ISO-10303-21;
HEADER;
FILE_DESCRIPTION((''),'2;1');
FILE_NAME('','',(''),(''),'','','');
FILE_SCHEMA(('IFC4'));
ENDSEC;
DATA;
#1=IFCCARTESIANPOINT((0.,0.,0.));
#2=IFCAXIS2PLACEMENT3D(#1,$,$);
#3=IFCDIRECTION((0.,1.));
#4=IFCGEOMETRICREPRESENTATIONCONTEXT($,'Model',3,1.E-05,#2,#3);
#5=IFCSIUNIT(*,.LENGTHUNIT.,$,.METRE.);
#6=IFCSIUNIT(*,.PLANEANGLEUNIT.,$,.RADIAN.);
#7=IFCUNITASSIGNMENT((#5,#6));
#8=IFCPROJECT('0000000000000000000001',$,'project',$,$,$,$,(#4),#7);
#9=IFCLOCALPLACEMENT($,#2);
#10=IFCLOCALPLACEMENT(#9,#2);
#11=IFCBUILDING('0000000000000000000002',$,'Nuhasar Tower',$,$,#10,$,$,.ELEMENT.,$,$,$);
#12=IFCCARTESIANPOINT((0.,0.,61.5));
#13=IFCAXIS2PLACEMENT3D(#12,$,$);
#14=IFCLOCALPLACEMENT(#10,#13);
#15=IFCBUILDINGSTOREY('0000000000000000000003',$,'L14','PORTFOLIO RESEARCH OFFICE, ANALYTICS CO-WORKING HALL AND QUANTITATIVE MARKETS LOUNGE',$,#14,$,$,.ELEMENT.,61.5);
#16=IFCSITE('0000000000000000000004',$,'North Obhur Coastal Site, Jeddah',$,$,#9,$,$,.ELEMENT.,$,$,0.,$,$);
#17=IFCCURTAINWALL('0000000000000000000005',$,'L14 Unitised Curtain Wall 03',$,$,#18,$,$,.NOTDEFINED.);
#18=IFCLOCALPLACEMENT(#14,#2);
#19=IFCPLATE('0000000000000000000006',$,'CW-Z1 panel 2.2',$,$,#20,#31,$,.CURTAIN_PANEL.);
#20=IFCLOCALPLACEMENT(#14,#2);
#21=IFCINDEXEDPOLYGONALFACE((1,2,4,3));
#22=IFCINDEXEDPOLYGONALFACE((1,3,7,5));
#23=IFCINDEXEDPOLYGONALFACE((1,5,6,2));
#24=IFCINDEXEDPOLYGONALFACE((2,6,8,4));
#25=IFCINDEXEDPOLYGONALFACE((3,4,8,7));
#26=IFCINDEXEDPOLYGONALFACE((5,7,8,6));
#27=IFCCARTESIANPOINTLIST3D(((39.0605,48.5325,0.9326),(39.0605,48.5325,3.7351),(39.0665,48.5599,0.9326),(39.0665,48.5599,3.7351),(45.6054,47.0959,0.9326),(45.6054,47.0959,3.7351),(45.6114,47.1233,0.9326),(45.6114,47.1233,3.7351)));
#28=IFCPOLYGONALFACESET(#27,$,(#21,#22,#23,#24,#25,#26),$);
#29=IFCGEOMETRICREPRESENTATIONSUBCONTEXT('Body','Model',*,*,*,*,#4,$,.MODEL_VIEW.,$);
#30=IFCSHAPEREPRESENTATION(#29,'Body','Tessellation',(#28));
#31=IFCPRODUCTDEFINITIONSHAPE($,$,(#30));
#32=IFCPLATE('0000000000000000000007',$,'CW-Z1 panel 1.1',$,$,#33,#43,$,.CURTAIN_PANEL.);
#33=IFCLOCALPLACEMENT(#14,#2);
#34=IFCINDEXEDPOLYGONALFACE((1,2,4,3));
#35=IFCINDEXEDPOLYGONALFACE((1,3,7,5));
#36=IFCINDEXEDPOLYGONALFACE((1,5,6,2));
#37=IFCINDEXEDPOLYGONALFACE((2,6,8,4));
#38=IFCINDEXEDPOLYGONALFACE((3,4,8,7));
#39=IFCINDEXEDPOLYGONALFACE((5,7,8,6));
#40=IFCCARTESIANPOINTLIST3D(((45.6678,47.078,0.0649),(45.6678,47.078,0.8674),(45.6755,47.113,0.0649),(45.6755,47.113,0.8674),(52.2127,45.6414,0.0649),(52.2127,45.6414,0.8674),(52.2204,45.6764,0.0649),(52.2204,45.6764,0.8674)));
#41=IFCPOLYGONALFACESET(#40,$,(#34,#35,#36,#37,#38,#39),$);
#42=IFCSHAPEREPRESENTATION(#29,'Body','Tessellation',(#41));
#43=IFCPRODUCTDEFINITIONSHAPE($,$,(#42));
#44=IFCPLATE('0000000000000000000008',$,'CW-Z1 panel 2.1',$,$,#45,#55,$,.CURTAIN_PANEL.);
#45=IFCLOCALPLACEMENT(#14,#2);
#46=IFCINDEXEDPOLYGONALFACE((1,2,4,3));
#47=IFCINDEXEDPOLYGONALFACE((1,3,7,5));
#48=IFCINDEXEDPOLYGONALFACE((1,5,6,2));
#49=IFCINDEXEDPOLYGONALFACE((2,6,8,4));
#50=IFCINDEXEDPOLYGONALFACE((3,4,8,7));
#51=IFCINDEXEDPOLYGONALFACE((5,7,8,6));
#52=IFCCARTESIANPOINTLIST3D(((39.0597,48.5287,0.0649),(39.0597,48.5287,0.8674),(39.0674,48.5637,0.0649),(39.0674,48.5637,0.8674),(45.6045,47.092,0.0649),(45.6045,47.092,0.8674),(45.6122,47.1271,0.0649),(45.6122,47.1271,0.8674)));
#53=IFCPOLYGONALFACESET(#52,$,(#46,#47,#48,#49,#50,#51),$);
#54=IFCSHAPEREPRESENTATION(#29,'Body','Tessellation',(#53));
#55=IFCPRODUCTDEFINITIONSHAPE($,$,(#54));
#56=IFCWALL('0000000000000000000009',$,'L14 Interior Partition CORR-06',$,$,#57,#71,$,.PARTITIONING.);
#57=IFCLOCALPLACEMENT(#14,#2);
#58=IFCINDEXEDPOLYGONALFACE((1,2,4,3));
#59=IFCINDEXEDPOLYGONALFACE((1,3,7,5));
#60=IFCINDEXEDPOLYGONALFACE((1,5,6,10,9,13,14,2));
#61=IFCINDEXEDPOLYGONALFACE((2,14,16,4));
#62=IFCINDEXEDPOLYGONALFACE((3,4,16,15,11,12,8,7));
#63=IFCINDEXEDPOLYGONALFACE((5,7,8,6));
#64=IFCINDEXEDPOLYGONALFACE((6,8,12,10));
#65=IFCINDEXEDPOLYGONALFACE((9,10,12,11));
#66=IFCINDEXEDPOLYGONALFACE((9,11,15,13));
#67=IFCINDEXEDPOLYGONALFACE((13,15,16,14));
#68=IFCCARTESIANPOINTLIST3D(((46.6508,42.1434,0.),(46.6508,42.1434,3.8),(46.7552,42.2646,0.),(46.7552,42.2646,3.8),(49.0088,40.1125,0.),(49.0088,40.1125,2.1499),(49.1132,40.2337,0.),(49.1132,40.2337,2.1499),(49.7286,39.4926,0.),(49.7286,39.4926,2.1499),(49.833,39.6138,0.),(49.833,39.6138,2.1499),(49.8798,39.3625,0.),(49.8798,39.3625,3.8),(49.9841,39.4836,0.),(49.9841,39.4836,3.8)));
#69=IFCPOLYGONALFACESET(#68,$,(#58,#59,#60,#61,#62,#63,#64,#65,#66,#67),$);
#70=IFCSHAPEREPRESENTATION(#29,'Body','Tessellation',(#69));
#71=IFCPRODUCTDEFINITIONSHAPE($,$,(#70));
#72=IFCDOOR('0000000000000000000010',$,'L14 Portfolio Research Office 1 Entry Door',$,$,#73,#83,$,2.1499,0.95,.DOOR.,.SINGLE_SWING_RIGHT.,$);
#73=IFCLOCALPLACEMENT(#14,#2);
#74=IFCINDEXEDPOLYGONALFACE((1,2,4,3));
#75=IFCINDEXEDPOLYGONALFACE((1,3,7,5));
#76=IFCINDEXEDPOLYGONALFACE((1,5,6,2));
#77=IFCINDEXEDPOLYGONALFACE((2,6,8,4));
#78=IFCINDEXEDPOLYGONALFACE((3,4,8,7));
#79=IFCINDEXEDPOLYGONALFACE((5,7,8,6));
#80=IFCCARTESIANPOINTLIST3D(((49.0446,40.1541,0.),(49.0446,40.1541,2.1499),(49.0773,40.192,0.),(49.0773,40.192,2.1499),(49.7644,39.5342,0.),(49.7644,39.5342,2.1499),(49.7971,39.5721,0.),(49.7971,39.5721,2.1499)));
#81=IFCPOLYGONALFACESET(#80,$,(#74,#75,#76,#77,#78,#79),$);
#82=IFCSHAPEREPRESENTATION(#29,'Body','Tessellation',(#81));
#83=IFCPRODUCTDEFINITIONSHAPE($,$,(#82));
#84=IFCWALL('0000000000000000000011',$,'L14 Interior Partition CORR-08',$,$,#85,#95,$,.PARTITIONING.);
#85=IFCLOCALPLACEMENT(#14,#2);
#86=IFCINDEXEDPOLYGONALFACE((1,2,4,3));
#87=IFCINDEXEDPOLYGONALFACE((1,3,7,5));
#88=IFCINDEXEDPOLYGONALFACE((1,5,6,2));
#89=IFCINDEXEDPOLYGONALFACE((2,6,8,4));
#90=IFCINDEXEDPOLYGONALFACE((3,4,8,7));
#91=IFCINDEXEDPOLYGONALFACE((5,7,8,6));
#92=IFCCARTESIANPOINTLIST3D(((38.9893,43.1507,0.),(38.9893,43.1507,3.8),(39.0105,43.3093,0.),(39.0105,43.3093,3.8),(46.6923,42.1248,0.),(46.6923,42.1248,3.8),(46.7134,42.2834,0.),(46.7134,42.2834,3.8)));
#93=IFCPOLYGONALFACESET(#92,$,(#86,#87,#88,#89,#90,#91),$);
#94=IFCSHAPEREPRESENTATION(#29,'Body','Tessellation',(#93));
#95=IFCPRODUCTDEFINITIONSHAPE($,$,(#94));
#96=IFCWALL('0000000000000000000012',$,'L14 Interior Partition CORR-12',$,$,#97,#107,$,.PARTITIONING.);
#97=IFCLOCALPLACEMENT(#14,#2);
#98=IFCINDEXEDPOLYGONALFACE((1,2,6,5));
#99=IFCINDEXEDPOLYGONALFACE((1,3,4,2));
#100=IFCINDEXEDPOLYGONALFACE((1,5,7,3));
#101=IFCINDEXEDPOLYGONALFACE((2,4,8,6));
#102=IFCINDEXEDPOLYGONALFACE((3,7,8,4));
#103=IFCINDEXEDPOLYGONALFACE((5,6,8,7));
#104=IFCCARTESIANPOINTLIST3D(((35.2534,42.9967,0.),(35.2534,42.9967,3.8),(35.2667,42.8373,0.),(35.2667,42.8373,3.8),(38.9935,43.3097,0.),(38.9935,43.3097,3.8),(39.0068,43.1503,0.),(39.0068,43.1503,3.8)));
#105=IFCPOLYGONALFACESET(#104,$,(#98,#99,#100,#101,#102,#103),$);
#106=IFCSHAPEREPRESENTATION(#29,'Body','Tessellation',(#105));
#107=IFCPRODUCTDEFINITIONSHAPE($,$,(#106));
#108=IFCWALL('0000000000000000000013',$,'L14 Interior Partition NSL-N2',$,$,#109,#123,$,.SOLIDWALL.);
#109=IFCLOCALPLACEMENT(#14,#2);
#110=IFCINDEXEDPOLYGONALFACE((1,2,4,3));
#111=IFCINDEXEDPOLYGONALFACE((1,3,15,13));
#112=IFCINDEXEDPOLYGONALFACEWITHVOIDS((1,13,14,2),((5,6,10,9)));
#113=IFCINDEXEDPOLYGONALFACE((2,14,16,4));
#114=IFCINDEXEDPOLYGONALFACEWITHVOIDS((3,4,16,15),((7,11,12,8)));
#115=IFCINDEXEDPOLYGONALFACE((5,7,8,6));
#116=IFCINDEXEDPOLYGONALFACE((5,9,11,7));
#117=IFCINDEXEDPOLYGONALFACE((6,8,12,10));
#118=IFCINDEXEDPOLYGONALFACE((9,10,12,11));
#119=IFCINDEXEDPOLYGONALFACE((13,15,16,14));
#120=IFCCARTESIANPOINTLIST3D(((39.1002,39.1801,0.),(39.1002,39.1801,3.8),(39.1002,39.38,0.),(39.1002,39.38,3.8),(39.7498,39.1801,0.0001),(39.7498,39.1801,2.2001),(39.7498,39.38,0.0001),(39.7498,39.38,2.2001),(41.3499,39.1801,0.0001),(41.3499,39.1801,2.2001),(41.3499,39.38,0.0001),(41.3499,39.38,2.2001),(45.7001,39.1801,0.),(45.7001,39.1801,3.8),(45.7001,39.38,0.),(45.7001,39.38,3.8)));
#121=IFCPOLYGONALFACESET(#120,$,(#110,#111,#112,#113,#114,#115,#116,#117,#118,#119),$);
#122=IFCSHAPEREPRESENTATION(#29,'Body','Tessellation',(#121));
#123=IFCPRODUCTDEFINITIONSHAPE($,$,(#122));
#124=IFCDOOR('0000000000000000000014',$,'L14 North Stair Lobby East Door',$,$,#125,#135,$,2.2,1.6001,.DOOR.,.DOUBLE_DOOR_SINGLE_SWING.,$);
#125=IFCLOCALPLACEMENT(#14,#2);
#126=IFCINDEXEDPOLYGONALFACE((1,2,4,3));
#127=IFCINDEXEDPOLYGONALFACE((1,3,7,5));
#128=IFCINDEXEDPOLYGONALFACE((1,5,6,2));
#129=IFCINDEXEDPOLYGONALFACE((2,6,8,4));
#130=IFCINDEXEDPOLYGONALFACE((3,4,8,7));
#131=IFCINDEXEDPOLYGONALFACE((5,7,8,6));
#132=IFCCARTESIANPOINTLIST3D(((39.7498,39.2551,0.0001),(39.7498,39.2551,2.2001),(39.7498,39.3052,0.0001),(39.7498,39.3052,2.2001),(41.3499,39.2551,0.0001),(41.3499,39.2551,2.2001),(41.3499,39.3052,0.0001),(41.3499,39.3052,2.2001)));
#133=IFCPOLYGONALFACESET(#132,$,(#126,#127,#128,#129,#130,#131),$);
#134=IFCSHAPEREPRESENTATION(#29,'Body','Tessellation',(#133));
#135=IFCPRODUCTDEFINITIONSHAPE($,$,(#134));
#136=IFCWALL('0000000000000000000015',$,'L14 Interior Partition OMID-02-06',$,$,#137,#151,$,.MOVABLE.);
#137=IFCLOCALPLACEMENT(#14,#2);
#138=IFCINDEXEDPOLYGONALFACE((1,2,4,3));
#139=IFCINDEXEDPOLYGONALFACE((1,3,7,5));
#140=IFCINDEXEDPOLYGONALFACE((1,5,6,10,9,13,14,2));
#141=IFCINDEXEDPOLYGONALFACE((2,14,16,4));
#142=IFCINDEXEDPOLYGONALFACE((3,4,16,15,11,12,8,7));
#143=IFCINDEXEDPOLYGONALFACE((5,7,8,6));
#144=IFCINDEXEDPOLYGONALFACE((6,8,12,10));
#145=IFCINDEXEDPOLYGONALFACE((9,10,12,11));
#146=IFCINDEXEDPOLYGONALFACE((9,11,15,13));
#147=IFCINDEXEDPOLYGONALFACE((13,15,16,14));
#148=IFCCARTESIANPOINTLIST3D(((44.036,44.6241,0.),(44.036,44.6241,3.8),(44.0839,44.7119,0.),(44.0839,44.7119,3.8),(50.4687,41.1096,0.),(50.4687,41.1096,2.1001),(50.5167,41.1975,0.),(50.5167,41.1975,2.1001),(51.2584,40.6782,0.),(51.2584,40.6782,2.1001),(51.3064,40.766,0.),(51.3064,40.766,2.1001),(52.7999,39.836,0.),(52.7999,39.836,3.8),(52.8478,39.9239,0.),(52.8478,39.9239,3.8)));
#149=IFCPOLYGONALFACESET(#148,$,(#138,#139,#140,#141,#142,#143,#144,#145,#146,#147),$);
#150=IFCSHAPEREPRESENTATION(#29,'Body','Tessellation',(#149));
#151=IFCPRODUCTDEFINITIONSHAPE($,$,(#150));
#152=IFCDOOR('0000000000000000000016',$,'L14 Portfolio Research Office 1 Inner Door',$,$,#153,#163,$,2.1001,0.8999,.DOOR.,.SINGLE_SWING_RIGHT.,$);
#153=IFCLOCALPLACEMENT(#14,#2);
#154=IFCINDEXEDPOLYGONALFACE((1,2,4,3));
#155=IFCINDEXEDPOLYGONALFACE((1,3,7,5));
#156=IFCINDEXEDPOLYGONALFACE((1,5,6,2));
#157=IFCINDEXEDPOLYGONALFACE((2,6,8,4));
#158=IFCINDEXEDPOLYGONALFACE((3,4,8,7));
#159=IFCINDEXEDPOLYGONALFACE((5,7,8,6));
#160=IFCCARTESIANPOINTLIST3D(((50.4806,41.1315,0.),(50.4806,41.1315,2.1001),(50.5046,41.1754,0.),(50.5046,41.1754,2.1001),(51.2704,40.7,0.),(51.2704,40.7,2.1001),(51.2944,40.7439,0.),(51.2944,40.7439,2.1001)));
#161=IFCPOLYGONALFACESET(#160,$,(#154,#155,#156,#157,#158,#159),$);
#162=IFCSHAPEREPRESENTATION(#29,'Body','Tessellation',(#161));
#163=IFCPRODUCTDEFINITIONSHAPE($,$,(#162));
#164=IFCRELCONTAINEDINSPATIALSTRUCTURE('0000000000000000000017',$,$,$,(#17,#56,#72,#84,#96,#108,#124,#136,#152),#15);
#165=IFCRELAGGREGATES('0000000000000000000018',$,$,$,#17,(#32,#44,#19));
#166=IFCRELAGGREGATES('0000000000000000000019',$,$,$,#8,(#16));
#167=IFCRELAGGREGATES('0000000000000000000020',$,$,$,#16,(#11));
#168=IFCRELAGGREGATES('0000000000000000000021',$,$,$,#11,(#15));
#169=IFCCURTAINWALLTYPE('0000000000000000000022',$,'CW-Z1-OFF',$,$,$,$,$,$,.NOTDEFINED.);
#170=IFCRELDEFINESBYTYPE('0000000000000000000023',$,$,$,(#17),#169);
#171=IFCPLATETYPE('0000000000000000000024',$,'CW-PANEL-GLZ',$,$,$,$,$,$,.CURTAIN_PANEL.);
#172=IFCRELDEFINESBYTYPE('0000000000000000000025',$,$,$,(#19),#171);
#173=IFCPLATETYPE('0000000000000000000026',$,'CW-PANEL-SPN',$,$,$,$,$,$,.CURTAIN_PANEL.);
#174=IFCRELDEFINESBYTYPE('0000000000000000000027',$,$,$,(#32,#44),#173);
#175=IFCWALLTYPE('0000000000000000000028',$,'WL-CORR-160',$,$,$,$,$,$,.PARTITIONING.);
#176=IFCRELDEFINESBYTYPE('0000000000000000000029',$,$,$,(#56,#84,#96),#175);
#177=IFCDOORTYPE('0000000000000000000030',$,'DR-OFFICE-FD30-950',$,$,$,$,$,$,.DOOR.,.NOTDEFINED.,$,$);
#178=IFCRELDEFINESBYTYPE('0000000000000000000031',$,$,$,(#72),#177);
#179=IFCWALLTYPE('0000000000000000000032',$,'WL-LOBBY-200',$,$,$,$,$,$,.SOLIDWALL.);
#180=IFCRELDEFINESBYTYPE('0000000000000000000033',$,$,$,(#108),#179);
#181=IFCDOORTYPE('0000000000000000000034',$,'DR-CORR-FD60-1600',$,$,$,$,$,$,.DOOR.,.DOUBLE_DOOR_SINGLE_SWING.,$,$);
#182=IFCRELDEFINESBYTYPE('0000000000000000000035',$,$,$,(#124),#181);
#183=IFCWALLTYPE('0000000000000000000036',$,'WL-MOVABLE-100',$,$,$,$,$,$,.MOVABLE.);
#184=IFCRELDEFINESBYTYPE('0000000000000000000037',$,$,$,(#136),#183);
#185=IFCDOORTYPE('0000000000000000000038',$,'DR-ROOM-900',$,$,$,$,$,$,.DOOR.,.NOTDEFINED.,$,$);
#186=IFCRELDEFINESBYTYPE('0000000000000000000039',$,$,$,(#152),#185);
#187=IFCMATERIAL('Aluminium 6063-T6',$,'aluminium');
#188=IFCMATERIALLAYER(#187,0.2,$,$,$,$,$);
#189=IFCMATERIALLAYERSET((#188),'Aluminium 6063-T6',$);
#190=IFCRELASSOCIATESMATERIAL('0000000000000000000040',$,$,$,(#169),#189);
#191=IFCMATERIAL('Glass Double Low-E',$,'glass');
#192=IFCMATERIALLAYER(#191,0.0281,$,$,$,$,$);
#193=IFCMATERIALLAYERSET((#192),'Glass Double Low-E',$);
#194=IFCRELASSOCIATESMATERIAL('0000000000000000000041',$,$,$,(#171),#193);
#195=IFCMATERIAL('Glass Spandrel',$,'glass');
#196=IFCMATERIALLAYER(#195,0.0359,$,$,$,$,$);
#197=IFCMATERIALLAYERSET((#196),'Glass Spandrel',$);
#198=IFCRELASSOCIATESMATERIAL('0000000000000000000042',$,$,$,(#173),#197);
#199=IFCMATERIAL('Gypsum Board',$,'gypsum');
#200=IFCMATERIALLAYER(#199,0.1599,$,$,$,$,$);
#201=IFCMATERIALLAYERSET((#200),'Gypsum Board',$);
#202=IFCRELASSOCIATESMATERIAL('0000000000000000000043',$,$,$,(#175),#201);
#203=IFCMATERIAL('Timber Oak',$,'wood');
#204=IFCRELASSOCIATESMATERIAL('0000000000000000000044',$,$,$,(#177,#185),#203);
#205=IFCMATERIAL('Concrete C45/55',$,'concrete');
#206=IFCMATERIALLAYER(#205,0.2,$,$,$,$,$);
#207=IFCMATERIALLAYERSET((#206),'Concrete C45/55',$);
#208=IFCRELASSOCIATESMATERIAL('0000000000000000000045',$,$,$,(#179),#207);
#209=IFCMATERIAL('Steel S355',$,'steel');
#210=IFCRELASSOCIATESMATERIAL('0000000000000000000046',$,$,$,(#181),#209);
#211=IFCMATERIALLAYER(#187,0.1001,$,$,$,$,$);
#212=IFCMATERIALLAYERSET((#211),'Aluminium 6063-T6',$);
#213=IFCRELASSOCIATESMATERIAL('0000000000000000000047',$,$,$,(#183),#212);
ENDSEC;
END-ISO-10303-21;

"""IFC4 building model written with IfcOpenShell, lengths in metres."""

from ifc_helpers import new_model, si_unit, direction, frame, frame_2d, origin, origin_2d, place, context, subcontext, project, spatial, rectangle, extrude, material, layer, layer_set, type_object, element, fill, aggregate, save


model = new_model("IFC4")

# Units and contexts
model_context = context("Model", 3, precision=1e-05, world=origin(), true_north=direction((0.0, 1.0)))
body_context = subcontext(model_context, "Body", "Model", "MODEL_VIEW")
ifc_project = project(units=[si_unit("LENGTHUNIT", "METRE"), si_unit("PLANEANGLEUNIT", "RADIAN")], contexts=[model_context])

# Site, building, storey
site_placement = place(None, origin())
site = spatial("IfcSite", under=ifc_project, at=site_placement, Name="North Obhur Coastal Site, Jeddah", CompositionType="ELEMENT", RefElevation=0.0)
building_placement = place(site_placement, origin())
building = spatial("IfcBuilding", under=site, at=building_placement, Name="Nuhasar Tower", CompositionType="ELEMENT")
storey_placement = place(building_placement, frame((0.0, 0.0, 61.5)))
storey = spatial("IfcBuildingStorey", under=building, at=storey_placement, Name="L14", Description="PORTFOLIO RESEARCH OFFICE, ANALYTICS CO-WORKING HALL AND QUANTITATIVE MARKETS LOUNGE", CompositionType="ELEMENT", Elevation=61.5)

# Shared definitions
ifc_material_1 = material(Name="Steel S355", Category="steel")

# Curtain wall
ifc_material_2 = material(Name="Aluminium 6063-T6", Category="aluminium")
ifc_layer_1 = layer(ifc_material_2, 0.2)
ifc_layer_set_1 = layer_set([ifc_layer_1], Name="Aluminium 6063-T6")
curtain_wall_type = type_object("IfcCurtainWallType", Name="CW-Z1-OFF", PredefinedType="NOTDEFINED", material=ifc_layer_set_1)
curtain_wall_placement = place(storey_placement, origin())
curtain_wall = element("IfcCurtainWall", 1, at=curtain_wall_placement, inside=storey, type_object=curtain_wall_type, Name="L14 Unitised Curtain Wall 03", PredefinedType="NOTDEFINED")

# Plates
ifc_material_3 = material(Name="Glass Double Low-E", Category="glass")
ifc_layer_2 = layer(ifc_material_3, 0.0281)
ifc_layer_set_2 = layer_set([ifc_layer_2], Name="Glass Double Low-E")
plate_type_1 = type_object("IfcPlateType", Name="CW-PANEL-GLZ", PredefinedType="CURTAIN_PANEL", material=ifc_layer_set_2)
plate_1_placement = place(storey_placement, frame((42.3359, 47.8279, 0.9326), z_axis=(0.0, 0.0, 1.0), x_axis=(-0.976746, 0.214399, 0.0)))
plate_1 = element("IfcPlate", 2, at=plate_1_placement, type_object=plate_type_1, Name="CW-Z1 panel 2.2", PredefinedType="CURTAIN_PANEL", context=body_context, shape_type="SweptSolid", body=[
    extrude(rectangle(XDim=6.7007, YDim=0.0281, at=origin_2d()), origin(), (0.0, 0.0, 1.0), 2.8025),
])
ifc_material_4 = material(Name="Glass Spandrel", Category="glass")
ifc_layer_3 = layer(ifc_material_4, 0.0359)
ifc_layer_set_3 = layer_set([ifc_layer_3], Name="Glass Spandrel")
plate_type_2 = type_object("IfcPlateType", Name="CW-PANEL-SPN", PredefinedType="CURTAIN_PANEL", material=ifc_layer_set_3)
plate_2_placement = place(storey_placement, frame((48.9441, 46.3772, 0.0649), z_axis=(0.0, 0.0, 1.0), x_axis=(-0.976746, 0.214399, 0.0)))
plate_2 = element("IfcPlate", 3, at=plate_2_placement, type_object=plate_type_2, Name="CW-Z1 panel 1.1", PredefinedType="CURTAIN_PANEL", context=body_context, shape_type="SweptSolid", body=[
    extrude(rectangle(XDim=6.7007, YDim=0.0359, at=origin_2d()), origin(), (0.0, 0.0, 1.0), 0.8025),
])
plate_3_placement = place(storey_placement, frame((42.3359, 47.8279, 0.0649), z_axis=(0.0, 0.0, 1.0), x_axis=(-0.976746, 0.214399, 0.0)))
plate_3 = element("IfcPlate", 4, at=plate_3_placement, type_object=plate_type_2, Name="CW-Z1 panel 2.1", PredefinedType="CURTAIN_PANEL", context=body_context, shape_type="SweptSolid", body=[
    extrude(rectangle(XDim=6.7007, YDim=0.0359, at=origin_2d()), origin(), (0.0, 0.0, 1.0), 0.8025),
])
aggregate(curtain_wall, [plate_2, plate_3, plate_1])

# Wall, opening, door
ifc_material_5 = material(Name="Gypsum Board", Category="gypsum")
ifc_layer_4 = layer(ifc_material_5, 0.1599)
ifc_layer_set_4 = layer_set([ifc_layer_4], Name="Gypsum Board")
wall_type_1 = type_object("IfcWallType", Name="WL-CORR-160", PredefinedType="PARTITIONING", material=ifc_layer_set_4)
wall_1_placement = place(storey_placement, frame((46.7029, 42.2041, 0.0), z_axis=(0.0, 0.0, 1.0), x_axis=(0.757714, -0.652587, 0.0)))
wall_1 = element("IfcWall", 5, at=wall_1_placement, inside=storey, type_object=wall_type_1, Name="L14 Interior Partition CORR-06", PredefinedType="PARTITIONING", context=body_context, shape_type="SweptSolid", body=[
    extrude(rectangle(XDim=4.2615, YDim=0.1599, at=frame_2d((2.1309, 0.0))), origin(), (0.0, 0.0, 1.0), 3.8),
])
opening_1_placement = place(wall_1_placement, frame((3.1121, 0.0, 0.0)))
opening_1 = element("IfcOpeningElement", 6, at=opening_1_placement, cuts=wall_1, PredefinedType="OPENING", context=body_context, shape_type="SweptSolid", body=[
    extrude(rectangle(XDim=0.95, YDim=2.1499, at=frame_2d((0.4751, 1.075))), frame((0.0, 0.0898, 0.0), z_axis=(0.0, -1.0, 0.0), x_axis=(1.0, 0.0, 0.0)), (0.0, 0.0, 1.0), 0.1799),
])
ifc_material_6 = material(Name="Timber Oak", Category="wood")
door_type_1 = type_object("IfcDoorType", Name="DR-OFFICE-FD30-950", OperationType="NOTDEFINED", PredefinedType="DOOR", material=ifc_material_6)
door_1_placement = place(opening_1_placement, origin())
door_1 = element("IfcDoor", 7, at=door_1_placement, inside=storey, type_object=door_type_1, Name="L14 Portfolio Research Office 1 Entry Door", OperationType="SINGLE_SWING_RIGHT", OverallHeight=2.1499, OverallWidth=0.95, PredefinedType="DOOR", context=body_context, shape_type="SweptSolid", body=[
    extrude(rectangle(XDim=0.95, YDim=2.1499, at=frame_2d((0.4751, 1.075))), frame((0.0, 0.0249, 0.0), z_axis=(0.0, -1.0, 0.0), x_axis=(1.0, 0.0, 0.0)), (0.0, 0.0, 1.0), 0.05),
])
fill(opening_1, door_1)

# Walls
wall_2_placement = place(storey_placement, frame((46.7029, 42.2041, 0.0), z_axis=(0.0, 0.0, 1.0), x_axis=(-0.991248, 0.132016, 0.0)))
element("IfcWall", 8, at=wall_2_placement, inside=storey, type_object=wall_type_1, Name="L14 Interior Partition CORR-08", PredefinedType="PARTITIONING", context=body_context, shape_type="SweptSolid", body=[
    extrude(rectangle(XDim=7.771, YDim=0.1599, at=frame_2d((3.8855, 0.0))), origin(), (0.0, 0.0, 1.0), 3.8),
])
wall_3_placement = place(storey_placement, frame((39.0, 43.23, 0.0), z_axis=(0.0, 0.0, 1.0), x_axis=(-0.996517, -0.083395, 0.0)))
element("IfcWall", 9, at=wall_3_placement, inside=storey, type_object=wall_type_1, Name="L14 Interior Partition CORR-12", PredefinedType="PARTITIONING", context=body_context, shape_type="SweptSolid", body=[
    extrude(rectangle(XDim=3.7532, YDim=0.1599, at=frame_2d((1.8765, 0.0))), origin(), (0.0, 0.0, 1.0), 3.8),
])

# Walls, openings, doors
ifc_material_7 = material(Name="Concrete C45/55", Category="concrete")
ifc_layer_5 = layer(ifc_material_7, 0.2)
ifc_layer_set_5 = layer_set([ifc_layer_5], Name="Concrete C45/55")
wall_type_2 = type_object("IfcWallType", Name="WL-LOBBY-200", PredefinedType="SOLIDWALL", material=ifc_layer_set_5)
wall_4_placement = place(storey_placement, frame((45.7, 39.28, 0.0), z_axis=(0.0, 0.0, 1.0), x_axis=(-1.0, 0.0, 0.0)))
wall_4 = element("IfcWall", 10, at=wall_4_placement, inside=storey, type_object=wall_type_2, Name="L14 Interior Partition NSL-N2", PredefinedType="SOLIDWALL", context=body_context, shape_type="SweptSolid", body=[
    extrude(rectangle(XDim=6.5999, YDim=0.2, at=frame_2d((3.2998, 0.0))), origin(), (0.0, 0.0, 1.0), 3.8),
])
opening_2_placement = place(wall_4_placement, frame((4.3501, 0.0, 0.0)))
opening_2 = element("IfcOpeningElement", 11, at=opening_2_placement, cuts=wall_4, PredefinedType="OPENING", context=body_context, shape_type="SweptSolid", body=[
    extrude(rectangle(XDim=1.6001, YDim=2.2, at=frame_2d((0.8, 1.1001))), frame((0.0, 0.1099, 0.0), z_axis=(0.0, -1.0, 0.0), x_axis=(1.0, 0.0, 0.0)), (0.0, 0.0, 1.0), 0.22),
])
door_type_2 = type_object("IfcDoorType", Name="DR-CORR-FD60-1600", OperationType="DOUBLE_DOOR_SINGLE_SWING", PredefinedType="DOOR", material=ifc_material_1)
door_2_placement = place(opening_2_placement, origin())
door_2 = element("IfcDoor", 12, at=door_2_placement, inside=storey, type_object=door_type_2, Name="L14 North Stair Lobby East Door", OperationType="DOUBLE_DOOR_SINGLE_SWING", OverallHeight=2.2, OverallWidth=1.6001, PredefinedType="DOOR", context=body_context, shape_type="SweptSolid", body=[
    extrude(rectangle(XDim=1.6001, YDim=2.2, at=frame_2d((0.8, 1.1001))), frame((0.0, 0.0249, 0.0), z_axis=(0.0, -1.0, 0.0), x_axis=(1.0, 0.0, 0.0)), (0.0, 0.0, 1.0), 0.05),
])
fill(opening_2, door_2)
ifc_layer_6 = layer(ifc_material_2, 0.1001)
ifc_layer_set_6 = layer_set([ifc_layer_6], Name="Aluminium 6063-T6")
wall_type_3 = type_object("IfcWallType", Name="WL-MOVABLE-100", PredefinedType="MOVABLE", material=ifc_layer_set_6)
wall_5_placement = place(storey_placement, frame((44.0601, 44.668, 0.0), z_axis=(0.0, 0.0, 1.0), x_axis=(0.877568, -0.479452, 0.0)))
wall_5 = element("IfcWall", 13, at=wall_5_placement, inside=storey, type_object=wall_type_3, Name="L14 Interior Partition OMID-02-06", PredefinedType="MOVABLE", context=body_context, shape_type="SweptSolid", body=[
    extrude(rectangle(XDim=9.9866, YDim=0.1001, at=frame_2d((4.9932, 0.0))), origin(), (0.0, 0.0, 1.0), 3.8),
])
opening_3_placement = place(wall_5_placement, frame((7.3301, 0.0, 0.0)))
opening_3 = element("IfcOpeningElement", 14, at=opening_3_placement, cuts=wall_5, PredefinedType="OPENING", context=body_context, shape_type="SweptSolid", body=[
    extrude(rectangle(XDim=0.8999, YDim=2.1001, at=frame_2d((0.45, 1.05))), frame((0.0, 0.0601, 0.0), z_axis=(0.0, -1.0, 0.0), x_axis=(1.0, 0.0, 0.0)), (0.0, 0.0, 1.0), 0.1201),
])
door_type_3 = type_object("IfcDoorType", Name="DR-ROOM-900", OperationType="NOTDEFINED", PredefinedType="DOOR", material=ifc_material_6)
door_3_placement = place(opening_3_placement, origin())
door_3 = element("IfcDoor", 15, at=door_3_placement, inside=storey, type_object=door_type_3, Name="L14 Portfolio Research Office 1 Inner Door", OperationType="SINGLE_SWING_RIGHT", OverallHeight=2.1001, OverallWidth=0.8999, PredefinedType="DOOR", context=body_context, shape_type="SweptSolid", body=[
    extrude(rectangle(XDim=0.8999, YDim=2.1001, at=frame_2d((0.45, 1.05))), frame((0.0, 0.0249, 0.0), z_axis=(0.0, -1.0, 0.0), x_axis=(1.0, 0.0, 0.0)), (0.0, 0.0, 1.0), 0.05),
])
fill(opening_3, door_3)

save(model, "model.ifc")
